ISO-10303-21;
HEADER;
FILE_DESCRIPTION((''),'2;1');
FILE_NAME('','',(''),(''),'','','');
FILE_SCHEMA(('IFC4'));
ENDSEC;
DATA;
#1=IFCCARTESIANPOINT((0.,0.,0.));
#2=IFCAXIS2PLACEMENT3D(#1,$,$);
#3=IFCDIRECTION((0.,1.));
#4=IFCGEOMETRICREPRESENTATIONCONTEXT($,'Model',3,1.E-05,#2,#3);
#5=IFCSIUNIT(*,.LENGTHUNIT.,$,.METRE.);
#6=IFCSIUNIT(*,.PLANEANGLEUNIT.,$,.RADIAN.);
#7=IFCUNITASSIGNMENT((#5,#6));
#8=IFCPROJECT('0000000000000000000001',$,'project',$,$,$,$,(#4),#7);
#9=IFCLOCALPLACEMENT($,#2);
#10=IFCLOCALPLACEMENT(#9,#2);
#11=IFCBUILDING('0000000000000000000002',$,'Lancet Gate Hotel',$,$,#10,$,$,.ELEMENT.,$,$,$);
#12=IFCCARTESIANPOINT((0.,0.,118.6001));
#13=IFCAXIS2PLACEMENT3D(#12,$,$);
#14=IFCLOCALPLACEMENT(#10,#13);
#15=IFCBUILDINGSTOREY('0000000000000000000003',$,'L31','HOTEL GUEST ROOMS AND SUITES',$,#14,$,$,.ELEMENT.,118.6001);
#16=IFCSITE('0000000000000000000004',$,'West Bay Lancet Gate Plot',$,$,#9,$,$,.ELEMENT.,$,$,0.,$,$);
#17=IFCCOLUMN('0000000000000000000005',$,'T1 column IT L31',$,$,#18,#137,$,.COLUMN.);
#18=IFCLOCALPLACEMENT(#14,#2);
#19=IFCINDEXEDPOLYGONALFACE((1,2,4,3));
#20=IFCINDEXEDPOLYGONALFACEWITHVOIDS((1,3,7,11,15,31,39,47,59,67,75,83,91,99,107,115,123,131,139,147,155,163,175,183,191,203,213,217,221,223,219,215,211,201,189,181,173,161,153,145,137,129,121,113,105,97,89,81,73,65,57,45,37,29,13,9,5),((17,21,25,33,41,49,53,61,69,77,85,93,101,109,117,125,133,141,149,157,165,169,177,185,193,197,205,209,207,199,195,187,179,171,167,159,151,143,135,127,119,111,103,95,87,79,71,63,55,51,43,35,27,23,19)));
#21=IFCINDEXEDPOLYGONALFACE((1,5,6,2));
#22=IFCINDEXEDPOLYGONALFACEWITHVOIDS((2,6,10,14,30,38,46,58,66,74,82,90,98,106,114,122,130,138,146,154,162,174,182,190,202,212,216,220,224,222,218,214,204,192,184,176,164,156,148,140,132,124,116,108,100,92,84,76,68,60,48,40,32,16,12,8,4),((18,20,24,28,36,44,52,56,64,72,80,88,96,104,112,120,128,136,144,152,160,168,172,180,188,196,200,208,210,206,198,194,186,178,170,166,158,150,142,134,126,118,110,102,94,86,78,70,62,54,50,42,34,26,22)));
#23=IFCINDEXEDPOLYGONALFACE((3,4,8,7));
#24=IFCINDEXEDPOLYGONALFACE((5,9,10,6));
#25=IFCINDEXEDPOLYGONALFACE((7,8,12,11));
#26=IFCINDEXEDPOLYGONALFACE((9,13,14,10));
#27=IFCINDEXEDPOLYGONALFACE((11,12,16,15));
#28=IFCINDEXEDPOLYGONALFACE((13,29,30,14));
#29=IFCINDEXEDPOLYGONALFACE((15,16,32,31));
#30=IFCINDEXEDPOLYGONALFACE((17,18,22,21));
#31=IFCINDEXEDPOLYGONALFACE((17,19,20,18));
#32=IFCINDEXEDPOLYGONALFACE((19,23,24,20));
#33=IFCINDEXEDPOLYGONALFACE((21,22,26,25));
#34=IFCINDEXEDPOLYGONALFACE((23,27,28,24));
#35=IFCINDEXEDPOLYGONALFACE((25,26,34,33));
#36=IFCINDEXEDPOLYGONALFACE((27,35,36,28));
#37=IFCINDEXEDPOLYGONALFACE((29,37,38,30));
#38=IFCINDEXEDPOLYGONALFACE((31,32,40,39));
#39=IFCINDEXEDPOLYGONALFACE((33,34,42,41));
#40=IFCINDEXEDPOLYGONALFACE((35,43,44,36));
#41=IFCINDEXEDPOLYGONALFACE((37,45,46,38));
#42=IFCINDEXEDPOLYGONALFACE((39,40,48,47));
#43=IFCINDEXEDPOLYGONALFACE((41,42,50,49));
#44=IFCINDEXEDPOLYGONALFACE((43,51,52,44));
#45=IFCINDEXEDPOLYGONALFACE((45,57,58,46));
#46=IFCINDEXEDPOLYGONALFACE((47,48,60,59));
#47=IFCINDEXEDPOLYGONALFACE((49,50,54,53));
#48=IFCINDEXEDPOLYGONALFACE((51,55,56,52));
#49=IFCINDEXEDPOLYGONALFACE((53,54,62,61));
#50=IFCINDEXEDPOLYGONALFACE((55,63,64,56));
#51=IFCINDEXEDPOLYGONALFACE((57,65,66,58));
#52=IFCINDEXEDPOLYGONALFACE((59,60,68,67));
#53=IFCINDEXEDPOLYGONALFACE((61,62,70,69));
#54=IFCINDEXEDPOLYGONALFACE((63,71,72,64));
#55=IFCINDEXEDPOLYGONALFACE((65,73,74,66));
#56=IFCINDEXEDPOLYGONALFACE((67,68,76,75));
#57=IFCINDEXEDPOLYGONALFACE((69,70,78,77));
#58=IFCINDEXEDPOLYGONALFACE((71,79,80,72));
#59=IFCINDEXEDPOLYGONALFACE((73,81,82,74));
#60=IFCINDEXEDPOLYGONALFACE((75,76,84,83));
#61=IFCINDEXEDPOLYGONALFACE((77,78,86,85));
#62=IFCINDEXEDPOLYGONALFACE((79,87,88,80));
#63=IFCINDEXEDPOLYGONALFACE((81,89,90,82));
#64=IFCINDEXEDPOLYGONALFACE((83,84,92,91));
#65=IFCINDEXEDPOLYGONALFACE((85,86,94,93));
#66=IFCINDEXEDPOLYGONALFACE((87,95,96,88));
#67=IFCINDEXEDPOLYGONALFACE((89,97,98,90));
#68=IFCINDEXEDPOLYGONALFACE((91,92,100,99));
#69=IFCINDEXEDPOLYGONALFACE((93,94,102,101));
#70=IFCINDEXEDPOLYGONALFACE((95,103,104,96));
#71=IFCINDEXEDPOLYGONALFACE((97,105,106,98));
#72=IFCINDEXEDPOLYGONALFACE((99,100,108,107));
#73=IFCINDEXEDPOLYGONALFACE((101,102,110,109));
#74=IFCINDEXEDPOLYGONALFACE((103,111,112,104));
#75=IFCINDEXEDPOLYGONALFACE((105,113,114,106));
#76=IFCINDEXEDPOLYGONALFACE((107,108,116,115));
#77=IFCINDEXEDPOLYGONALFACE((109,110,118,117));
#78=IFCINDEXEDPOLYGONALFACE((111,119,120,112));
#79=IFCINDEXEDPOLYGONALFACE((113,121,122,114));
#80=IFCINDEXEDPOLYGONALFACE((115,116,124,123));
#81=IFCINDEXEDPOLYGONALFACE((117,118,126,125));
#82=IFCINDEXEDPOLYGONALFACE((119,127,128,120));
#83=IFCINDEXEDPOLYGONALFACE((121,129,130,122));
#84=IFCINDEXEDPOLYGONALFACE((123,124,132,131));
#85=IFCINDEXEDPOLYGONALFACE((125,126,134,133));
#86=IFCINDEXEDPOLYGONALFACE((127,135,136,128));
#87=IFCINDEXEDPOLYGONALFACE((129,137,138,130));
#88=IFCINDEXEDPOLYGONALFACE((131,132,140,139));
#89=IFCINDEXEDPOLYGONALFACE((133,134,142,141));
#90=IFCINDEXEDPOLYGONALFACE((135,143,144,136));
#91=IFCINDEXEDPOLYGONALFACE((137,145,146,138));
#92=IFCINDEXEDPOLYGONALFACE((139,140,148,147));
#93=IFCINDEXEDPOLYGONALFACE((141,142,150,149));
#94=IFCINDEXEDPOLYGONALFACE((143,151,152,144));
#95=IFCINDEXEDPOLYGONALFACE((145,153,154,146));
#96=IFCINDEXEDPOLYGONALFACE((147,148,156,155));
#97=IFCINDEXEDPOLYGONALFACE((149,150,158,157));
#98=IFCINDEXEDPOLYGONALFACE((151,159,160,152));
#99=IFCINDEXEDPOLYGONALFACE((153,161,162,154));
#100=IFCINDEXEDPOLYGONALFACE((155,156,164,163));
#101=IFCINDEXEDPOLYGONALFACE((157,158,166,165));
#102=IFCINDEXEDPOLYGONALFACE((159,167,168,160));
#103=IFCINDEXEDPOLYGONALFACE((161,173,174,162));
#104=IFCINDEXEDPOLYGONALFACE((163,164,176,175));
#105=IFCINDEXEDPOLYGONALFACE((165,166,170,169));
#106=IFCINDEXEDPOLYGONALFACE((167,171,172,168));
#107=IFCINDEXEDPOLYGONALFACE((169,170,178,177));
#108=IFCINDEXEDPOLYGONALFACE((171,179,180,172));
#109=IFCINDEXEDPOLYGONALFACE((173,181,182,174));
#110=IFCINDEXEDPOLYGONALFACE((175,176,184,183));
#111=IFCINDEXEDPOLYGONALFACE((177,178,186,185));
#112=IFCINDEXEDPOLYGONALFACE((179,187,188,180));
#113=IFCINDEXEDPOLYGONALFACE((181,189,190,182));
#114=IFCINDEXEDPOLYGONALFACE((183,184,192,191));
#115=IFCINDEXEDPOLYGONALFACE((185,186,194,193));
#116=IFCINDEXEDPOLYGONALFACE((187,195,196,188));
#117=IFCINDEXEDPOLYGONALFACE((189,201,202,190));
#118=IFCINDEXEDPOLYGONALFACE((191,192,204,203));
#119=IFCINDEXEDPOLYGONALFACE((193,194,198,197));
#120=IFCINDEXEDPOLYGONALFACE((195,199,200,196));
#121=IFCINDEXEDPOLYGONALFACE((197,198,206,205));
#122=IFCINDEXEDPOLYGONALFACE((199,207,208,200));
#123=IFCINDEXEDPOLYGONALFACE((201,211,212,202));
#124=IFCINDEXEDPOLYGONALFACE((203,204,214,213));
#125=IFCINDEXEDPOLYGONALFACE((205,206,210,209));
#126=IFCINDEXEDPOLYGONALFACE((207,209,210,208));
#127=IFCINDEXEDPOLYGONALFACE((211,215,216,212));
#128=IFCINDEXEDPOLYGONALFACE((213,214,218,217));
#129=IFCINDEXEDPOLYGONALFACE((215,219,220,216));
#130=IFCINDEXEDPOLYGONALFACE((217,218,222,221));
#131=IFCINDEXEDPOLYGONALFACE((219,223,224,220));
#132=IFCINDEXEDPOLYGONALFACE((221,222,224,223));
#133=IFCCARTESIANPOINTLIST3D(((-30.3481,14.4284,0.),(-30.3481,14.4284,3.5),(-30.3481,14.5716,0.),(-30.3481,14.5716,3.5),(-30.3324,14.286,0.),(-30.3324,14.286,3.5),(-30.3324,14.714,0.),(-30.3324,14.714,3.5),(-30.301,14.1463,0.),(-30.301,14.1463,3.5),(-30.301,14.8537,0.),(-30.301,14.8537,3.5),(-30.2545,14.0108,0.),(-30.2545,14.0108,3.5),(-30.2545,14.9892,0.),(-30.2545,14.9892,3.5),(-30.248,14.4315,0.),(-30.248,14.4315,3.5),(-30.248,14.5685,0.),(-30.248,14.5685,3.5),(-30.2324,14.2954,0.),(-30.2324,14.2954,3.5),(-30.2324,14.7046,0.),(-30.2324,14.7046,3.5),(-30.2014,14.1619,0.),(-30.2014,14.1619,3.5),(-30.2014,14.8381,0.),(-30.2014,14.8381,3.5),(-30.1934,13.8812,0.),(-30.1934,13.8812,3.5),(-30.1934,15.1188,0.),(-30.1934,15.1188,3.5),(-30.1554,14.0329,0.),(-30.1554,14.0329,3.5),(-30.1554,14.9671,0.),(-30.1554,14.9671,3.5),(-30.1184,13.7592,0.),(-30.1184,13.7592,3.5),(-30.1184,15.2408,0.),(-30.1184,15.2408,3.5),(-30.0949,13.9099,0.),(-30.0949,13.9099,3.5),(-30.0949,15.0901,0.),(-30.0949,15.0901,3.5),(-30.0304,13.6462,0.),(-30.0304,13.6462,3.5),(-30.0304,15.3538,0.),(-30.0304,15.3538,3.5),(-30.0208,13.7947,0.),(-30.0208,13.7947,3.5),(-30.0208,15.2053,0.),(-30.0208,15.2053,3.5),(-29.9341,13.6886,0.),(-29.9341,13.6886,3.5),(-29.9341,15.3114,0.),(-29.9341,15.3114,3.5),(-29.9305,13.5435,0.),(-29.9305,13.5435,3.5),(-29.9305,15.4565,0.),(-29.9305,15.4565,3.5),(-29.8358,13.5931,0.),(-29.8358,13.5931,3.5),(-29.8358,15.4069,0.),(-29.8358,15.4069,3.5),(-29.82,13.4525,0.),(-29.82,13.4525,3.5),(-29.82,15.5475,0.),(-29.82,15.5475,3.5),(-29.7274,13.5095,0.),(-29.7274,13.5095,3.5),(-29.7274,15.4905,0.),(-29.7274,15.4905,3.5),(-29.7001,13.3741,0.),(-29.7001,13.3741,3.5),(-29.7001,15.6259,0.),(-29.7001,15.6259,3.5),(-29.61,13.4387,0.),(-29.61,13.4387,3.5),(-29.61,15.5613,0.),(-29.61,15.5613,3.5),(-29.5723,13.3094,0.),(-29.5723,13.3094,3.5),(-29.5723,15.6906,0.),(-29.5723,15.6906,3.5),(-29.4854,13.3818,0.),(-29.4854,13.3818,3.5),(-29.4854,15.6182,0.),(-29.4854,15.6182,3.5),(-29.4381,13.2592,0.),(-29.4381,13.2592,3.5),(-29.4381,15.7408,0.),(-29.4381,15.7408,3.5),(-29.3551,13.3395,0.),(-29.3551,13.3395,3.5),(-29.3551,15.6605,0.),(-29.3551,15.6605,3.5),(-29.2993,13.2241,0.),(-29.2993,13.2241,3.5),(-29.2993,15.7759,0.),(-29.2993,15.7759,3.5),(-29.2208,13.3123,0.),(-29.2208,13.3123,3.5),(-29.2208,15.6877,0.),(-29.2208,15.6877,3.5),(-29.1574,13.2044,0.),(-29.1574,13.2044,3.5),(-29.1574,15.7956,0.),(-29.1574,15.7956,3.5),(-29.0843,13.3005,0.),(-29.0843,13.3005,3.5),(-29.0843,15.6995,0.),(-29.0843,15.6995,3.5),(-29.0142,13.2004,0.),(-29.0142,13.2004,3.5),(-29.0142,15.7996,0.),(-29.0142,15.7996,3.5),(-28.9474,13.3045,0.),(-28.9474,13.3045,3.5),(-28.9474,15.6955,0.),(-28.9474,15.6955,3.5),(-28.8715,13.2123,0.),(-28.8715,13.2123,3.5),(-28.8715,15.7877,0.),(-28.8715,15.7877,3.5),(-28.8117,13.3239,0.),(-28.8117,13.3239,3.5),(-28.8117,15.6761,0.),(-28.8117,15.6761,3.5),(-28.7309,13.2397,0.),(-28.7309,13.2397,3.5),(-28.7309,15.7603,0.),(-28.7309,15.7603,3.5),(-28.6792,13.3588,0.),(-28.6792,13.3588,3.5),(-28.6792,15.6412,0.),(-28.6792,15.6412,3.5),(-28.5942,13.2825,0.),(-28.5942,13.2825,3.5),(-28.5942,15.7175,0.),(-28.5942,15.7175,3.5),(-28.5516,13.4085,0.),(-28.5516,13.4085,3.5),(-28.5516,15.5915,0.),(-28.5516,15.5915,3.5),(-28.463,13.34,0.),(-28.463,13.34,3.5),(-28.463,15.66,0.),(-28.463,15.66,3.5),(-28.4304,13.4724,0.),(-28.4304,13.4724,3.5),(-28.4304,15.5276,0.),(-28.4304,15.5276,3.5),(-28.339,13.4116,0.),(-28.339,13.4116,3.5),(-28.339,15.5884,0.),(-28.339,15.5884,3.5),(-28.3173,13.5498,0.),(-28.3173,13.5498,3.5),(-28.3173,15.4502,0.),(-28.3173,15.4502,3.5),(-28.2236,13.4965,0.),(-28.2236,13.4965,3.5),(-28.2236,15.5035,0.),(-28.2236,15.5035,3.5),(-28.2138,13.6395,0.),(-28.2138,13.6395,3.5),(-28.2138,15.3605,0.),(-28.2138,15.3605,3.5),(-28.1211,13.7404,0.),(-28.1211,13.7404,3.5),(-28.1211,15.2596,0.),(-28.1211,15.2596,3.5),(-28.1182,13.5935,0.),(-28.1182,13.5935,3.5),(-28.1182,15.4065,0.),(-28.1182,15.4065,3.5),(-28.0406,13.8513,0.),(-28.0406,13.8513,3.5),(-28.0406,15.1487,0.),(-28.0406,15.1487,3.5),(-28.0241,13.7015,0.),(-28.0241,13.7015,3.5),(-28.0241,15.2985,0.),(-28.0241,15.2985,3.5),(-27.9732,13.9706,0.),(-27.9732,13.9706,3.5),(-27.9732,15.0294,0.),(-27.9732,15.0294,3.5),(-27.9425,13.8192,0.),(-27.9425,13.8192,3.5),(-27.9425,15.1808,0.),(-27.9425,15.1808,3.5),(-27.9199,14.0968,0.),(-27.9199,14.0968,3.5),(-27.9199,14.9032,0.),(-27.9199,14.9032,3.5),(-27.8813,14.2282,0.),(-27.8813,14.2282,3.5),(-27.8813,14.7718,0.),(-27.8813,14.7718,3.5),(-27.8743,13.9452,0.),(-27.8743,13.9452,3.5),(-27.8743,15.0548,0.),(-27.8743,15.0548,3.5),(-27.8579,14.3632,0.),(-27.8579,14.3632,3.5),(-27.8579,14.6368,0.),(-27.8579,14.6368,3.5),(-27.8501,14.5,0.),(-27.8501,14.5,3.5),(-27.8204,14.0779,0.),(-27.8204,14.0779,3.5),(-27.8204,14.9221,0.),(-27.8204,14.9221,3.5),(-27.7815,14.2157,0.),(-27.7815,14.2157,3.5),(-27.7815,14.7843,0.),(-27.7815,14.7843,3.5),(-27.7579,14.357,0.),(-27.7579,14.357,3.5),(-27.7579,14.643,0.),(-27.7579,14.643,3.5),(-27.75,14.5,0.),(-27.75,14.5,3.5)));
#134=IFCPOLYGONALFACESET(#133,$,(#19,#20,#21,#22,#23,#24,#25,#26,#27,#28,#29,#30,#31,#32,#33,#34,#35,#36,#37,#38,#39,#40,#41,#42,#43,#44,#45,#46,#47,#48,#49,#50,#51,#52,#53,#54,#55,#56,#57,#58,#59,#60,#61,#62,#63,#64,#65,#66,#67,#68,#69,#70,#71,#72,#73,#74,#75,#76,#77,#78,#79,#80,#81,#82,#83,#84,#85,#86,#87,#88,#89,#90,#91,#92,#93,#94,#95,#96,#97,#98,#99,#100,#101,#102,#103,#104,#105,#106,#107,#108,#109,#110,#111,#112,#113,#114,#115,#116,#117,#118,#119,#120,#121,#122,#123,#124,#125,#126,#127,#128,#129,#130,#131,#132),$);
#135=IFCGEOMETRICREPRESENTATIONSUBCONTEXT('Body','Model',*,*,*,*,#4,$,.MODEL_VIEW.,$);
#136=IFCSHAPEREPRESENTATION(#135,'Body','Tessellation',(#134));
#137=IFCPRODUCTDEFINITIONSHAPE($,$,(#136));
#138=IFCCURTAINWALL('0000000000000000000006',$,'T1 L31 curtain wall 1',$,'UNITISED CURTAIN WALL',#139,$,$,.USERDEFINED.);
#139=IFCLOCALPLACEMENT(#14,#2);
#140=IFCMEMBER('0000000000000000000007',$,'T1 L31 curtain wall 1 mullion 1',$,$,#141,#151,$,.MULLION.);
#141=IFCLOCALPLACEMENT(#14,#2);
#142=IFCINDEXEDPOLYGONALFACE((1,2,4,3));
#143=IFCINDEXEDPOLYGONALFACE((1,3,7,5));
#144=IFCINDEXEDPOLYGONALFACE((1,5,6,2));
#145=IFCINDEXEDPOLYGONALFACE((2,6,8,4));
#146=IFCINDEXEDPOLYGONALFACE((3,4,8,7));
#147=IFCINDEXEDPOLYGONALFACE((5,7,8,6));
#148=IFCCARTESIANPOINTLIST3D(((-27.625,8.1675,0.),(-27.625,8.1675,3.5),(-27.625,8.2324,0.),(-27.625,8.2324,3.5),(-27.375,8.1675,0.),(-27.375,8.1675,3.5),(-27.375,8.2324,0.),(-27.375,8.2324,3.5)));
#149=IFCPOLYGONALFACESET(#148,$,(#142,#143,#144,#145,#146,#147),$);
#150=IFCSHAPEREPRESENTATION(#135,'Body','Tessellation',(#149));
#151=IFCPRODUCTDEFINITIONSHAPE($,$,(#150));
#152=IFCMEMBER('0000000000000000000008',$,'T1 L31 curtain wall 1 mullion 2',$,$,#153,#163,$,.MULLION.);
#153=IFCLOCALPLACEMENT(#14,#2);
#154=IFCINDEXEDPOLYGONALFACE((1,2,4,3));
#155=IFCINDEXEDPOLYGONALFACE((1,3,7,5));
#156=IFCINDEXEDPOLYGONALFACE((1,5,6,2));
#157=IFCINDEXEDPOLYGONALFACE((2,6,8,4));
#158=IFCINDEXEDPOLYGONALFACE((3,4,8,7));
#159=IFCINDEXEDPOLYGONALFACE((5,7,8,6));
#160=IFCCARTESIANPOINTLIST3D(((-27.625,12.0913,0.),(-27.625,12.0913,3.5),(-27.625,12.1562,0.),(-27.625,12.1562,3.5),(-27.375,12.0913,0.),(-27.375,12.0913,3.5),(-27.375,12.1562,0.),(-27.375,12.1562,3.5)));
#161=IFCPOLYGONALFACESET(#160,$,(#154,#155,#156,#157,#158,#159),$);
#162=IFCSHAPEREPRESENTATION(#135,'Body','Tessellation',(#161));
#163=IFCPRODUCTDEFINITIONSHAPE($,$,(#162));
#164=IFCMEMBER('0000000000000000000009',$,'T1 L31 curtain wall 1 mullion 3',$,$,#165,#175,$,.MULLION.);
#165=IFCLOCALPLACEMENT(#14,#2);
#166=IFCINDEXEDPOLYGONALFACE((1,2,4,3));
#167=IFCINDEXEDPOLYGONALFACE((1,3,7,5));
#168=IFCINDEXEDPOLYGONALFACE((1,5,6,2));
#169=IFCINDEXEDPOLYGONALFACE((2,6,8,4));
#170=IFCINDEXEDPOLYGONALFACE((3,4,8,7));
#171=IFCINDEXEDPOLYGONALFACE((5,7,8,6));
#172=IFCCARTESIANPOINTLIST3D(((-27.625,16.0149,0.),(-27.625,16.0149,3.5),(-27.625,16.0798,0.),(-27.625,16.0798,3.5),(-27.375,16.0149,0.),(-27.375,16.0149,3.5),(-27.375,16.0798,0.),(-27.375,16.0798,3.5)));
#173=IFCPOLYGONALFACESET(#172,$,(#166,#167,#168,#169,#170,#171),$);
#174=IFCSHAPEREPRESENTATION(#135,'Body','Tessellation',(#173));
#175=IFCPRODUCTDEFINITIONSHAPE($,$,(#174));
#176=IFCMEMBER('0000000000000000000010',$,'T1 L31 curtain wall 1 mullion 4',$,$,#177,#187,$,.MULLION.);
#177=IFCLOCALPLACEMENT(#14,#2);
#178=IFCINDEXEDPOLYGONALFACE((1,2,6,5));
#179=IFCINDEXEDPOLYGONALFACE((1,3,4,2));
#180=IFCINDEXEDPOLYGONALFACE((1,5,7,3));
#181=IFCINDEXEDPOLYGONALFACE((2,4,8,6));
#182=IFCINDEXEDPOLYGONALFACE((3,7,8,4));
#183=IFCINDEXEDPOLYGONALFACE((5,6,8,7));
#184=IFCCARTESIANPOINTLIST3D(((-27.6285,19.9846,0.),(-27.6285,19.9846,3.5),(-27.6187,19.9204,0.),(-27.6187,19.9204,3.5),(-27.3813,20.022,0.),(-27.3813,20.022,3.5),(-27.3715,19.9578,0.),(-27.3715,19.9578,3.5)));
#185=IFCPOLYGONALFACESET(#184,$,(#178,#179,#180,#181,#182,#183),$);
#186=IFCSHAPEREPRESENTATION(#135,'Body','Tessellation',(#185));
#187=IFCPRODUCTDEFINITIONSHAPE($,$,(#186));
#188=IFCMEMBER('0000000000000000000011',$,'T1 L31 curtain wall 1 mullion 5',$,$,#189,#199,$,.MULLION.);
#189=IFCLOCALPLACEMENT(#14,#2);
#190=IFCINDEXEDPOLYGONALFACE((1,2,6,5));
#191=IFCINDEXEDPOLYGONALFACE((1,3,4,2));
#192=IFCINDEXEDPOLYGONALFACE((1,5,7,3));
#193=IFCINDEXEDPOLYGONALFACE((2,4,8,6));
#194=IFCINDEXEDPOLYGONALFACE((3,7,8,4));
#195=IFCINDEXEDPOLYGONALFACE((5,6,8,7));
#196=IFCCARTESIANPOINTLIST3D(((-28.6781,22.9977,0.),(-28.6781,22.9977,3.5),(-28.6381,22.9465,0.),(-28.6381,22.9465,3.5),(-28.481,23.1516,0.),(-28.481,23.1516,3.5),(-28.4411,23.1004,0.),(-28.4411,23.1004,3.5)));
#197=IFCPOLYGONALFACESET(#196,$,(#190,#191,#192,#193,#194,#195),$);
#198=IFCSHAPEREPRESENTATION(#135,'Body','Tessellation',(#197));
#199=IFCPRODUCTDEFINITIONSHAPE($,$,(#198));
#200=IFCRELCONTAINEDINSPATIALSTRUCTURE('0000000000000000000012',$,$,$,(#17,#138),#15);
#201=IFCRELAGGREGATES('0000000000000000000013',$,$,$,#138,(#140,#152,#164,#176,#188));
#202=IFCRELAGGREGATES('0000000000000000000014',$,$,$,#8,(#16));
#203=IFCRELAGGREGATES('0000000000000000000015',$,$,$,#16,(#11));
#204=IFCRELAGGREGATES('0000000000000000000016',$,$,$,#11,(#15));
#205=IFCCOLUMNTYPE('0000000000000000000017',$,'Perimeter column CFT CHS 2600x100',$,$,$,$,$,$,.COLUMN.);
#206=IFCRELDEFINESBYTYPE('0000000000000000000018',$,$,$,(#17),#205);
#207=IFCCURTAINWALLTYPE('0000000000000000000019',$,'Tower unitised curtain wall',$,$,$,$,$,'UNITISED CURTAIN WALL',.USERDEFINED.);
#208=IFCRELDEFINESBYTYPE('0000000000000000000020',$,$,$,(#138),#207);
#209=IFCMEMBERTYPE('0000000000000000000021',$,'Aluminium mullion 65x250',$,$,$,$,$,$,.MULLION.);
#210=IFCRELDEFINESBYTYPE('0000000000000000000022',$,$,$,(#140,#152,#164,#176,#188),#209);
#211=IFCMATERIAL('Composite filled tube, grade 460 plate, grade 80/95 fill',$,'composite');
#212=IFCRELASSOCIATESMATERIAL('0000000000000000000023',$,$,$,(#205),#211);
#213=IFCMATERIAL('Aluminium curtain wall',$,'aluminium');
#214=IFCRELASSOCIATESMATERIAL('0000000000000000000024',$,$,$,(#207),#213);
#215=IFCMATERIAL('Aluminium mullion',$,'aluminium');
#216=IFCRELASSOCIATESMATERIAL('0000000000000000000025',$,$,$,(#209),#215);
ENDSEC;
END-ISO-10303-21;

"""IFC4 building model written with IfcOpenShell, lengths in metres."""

from ifc_helpers import new_model, si_unit, direction, frame, origin, origin_2d, place, context, subcontext, project, spatial, rectangle, hollow_circle, extrude, material, material_profile, profile_set, type_object, element, aggregate, save


model = new_model("IFC4")

# Units and contexts
model_context = context("Model", 3, precision=1e-05, world=origin(), true_north=direction((0.0, 1.0)))
body_context = subcontext(model_context, "Body", "Model", "MODEL_VIEW")
ifc_project = project(units=[si_unit("LENGTHUNIT", "METRE"), si_unit("PLANEANGLEUNIT", "RADIAN")], contexts=[model_context])

# Site, building, storey
site_placement = place(None, origin())
site = spatial("IfcSite", under=ifc_project, at=site_placement, Name="West Bay Lancet Gate Plot", CompositionType="ELEMENT", RefElevation=0.0)
building_placement = place(site_placement, origin())
building = spatial("IfcBuilding", under=site, at=building_placement, Name="Lancet Gate Hotel", CompositionType="ELEMENT")
storey_placement = place(building_placement, frame((0.0, 0.0, 118.6001)))
storey = spatial("IfcBuildingStorey", under=building, at=storey_placement, Name="L31", Description="HOTEL GUEST ROOMS AND SUITES", CompositionType="ELEMENT", Elevation=118.6001)

# Column
ifc_material_1 = material(Name="Composite filled tube, grade 460 plate, grade 80/95 fill", Category="composite")
ifc_material_profile_1 = material_profile(ifc_material_1, hollow_circle(Radius=1.3, WallThickness=0.1001, at=origin_2d()), Name="CHS 2600x100")
ifc_profile_set_1 = profile_set([ifc_material_profile_1], Name="Composite filled tube, grade 460 plate, grade 80/95 fill")
column_type = type_object("IfcColumnType", Name="Perimeter column CFT CHS 2600x100", PredefinedType="COLUMN", material=ifc_profile_set_1)
for number, where, z_axis, x_axis, name in (
    (1, (-29.05, 14.5, 0.0), (0.0, 0.0, 1.0), (1.0, 0.0, 0.0), "T1 column IT L31"),
):
    element("IfcColumn", number, at=place(storey_placement, frame(where, z_axis=z_axis, x_axis=x_axis)), inside=storey, type_object=column_type, Name=name, PredefinedType="COLUMN", context=body_context, shape_type="SweptSolid", body=[
        extrude(hollow_circle(Radius=1.3, WallThickness=0.1001, at=origin_2d()), origin(), (0.0, 0.0, 1.0), 3.5),
    ])

# Curtain wall, members
ifc_material_2 = material(Name="Aluminium curtain wall", Category="aluminium")
curtain_wall_type = type_object("IfcCurtainWallType", Name="Tower unitised curtain wall", ElementType="UNITISED CURTAIN WALL", PredefinedType="USERDEFINED", material=ifc_material_2)
curtain_wall_placement = place(storey_placement, origin())
curtain_wall = element("IfcCurtainWall", 2, at=curtain_wall_placement, inside=storey, type_object=curtain_wall_type, Name="T1 L31 curtain wall 1", ObjectType="UNITISED CURTAIN WALL", PredefinedType="USERDEFINED")
ifc_material_3 = material(Name="Aluminium mullion", Category="aluminium")
ifc_material_profile_2 = material_profile(ifc_material_3, rectangle(XDim=0.0649, YDim=0.25, at=origin_2d()), Name="MULLION 65x250")
ifc_profile_set_2 = profile_set([ifc_material_profile_2], Name="Aluminium mullion")
member_type_1 = type_object("IfcMemberType", Name="Aluminium mullion 65x250", PredefinedType="MULLION", material=ifc_profile_set_2)
member_1_placement = place(storey_placement, frame((-27.5, 8.2, 0.0), z_axis=(0.0, 0.0, 1.0), x_axis=(0.0, 1.0, 0.0)))
member_1 = element("IfcMember", 3, at=member_1_placement, type_object=member_type_1, Name="T1 L31 curtain wall 1 mullion 1", PredefinedType="MULLION", context=body_context, shape_type="SweptSolid", body=[
    extrude(rectangle(XDim=0.0649, YDim=0.25, at=origin_2d()), origin(), (0.0, 0.0, 1.0), 3.5),
])
member_2_placement = place(storey_placement, frame((-27.5, 12.1238, 0.0), z_axis=(0.0, 0.0, 1.0), x_axis=(0.0, 1.0, 0.0)))
member_2 = element("IfcMember", 4, at=member_2_placement, type_object=member_type_1, Name="T1 L31 curtain wall 1 mullion 2", PredefinedType="MULLION", context=body_context, shape_type="SweptSolid", body=[
    extrude(rectangle(XDim=0.0649, YDim=0.25, at=origin_2d()), origin(), (0.0, 0.0, 1.0), 3.5),
])
member_3_placement = place(storey_placement, frame((-27.5, 16.0474, 0.0), z_axis=(0.0, 0.0, 1.0), x_axis=(0.0, 1.0, 0.0)))
member_3 = element("IfcMember", 5, at=member_3_placement, type_object=member_type_1, Name="T1 L31 curtain wall 1 mullion 3", PredefinedType="MULLION", context=body_context, shape_type="SweptSolid", body=[
    extrude(rectangle(XDim=0.0649, YDim=0.25, at=origin_2d()), origin(), (0.0, 0.0, 1.0), 3.5),
])
member_4_placement = place(storey_placement, frame((-27.5, 19.9712, 0.0), z_axis=(0.0, 0.0, 1.0), x_axis=(-0.149634, 0.988741, 0.0)))
member_4 = element("IfcMember", 6, at=member_4_placement, type_object=member_type_1, Name="T1 L31 curtain wall 1 mullion 4", PredefinedType="MULLION", context=body_context, shape_type="SweptSolid", body=[
    extrude(rectangle(XDim=0.0649, YDim=0.25, at=origin_2d()), origin(), (0.0, 0.0, 1.0), 3.5),
])
member_5_placement = place(storey_placement, frame((-28.5596, 23.0491, 0.0), z_axis=(0.0, 0.0, 1.0), x_axis=(-0.615574, 0.788079, 0.0)))
member_5 = element("IfcMember", 7, at=member_5_placement, type_object=member_type_1, Name="T1 L31 curtain wall 1 mullion 5", PredefinedType="MULLION", context=body_context, shape_type="SweptSolid", body=[
    extrude(rectangle(XDim=0.0649, YDim=0.25, at=origin_2d()), origin(), (0.0, 0.0, 1.0), 3.5),
])

aggregate(curtain_wall, [member_1, member_2, member_3, member_4, member_5])

save(model, "model.ifc")
